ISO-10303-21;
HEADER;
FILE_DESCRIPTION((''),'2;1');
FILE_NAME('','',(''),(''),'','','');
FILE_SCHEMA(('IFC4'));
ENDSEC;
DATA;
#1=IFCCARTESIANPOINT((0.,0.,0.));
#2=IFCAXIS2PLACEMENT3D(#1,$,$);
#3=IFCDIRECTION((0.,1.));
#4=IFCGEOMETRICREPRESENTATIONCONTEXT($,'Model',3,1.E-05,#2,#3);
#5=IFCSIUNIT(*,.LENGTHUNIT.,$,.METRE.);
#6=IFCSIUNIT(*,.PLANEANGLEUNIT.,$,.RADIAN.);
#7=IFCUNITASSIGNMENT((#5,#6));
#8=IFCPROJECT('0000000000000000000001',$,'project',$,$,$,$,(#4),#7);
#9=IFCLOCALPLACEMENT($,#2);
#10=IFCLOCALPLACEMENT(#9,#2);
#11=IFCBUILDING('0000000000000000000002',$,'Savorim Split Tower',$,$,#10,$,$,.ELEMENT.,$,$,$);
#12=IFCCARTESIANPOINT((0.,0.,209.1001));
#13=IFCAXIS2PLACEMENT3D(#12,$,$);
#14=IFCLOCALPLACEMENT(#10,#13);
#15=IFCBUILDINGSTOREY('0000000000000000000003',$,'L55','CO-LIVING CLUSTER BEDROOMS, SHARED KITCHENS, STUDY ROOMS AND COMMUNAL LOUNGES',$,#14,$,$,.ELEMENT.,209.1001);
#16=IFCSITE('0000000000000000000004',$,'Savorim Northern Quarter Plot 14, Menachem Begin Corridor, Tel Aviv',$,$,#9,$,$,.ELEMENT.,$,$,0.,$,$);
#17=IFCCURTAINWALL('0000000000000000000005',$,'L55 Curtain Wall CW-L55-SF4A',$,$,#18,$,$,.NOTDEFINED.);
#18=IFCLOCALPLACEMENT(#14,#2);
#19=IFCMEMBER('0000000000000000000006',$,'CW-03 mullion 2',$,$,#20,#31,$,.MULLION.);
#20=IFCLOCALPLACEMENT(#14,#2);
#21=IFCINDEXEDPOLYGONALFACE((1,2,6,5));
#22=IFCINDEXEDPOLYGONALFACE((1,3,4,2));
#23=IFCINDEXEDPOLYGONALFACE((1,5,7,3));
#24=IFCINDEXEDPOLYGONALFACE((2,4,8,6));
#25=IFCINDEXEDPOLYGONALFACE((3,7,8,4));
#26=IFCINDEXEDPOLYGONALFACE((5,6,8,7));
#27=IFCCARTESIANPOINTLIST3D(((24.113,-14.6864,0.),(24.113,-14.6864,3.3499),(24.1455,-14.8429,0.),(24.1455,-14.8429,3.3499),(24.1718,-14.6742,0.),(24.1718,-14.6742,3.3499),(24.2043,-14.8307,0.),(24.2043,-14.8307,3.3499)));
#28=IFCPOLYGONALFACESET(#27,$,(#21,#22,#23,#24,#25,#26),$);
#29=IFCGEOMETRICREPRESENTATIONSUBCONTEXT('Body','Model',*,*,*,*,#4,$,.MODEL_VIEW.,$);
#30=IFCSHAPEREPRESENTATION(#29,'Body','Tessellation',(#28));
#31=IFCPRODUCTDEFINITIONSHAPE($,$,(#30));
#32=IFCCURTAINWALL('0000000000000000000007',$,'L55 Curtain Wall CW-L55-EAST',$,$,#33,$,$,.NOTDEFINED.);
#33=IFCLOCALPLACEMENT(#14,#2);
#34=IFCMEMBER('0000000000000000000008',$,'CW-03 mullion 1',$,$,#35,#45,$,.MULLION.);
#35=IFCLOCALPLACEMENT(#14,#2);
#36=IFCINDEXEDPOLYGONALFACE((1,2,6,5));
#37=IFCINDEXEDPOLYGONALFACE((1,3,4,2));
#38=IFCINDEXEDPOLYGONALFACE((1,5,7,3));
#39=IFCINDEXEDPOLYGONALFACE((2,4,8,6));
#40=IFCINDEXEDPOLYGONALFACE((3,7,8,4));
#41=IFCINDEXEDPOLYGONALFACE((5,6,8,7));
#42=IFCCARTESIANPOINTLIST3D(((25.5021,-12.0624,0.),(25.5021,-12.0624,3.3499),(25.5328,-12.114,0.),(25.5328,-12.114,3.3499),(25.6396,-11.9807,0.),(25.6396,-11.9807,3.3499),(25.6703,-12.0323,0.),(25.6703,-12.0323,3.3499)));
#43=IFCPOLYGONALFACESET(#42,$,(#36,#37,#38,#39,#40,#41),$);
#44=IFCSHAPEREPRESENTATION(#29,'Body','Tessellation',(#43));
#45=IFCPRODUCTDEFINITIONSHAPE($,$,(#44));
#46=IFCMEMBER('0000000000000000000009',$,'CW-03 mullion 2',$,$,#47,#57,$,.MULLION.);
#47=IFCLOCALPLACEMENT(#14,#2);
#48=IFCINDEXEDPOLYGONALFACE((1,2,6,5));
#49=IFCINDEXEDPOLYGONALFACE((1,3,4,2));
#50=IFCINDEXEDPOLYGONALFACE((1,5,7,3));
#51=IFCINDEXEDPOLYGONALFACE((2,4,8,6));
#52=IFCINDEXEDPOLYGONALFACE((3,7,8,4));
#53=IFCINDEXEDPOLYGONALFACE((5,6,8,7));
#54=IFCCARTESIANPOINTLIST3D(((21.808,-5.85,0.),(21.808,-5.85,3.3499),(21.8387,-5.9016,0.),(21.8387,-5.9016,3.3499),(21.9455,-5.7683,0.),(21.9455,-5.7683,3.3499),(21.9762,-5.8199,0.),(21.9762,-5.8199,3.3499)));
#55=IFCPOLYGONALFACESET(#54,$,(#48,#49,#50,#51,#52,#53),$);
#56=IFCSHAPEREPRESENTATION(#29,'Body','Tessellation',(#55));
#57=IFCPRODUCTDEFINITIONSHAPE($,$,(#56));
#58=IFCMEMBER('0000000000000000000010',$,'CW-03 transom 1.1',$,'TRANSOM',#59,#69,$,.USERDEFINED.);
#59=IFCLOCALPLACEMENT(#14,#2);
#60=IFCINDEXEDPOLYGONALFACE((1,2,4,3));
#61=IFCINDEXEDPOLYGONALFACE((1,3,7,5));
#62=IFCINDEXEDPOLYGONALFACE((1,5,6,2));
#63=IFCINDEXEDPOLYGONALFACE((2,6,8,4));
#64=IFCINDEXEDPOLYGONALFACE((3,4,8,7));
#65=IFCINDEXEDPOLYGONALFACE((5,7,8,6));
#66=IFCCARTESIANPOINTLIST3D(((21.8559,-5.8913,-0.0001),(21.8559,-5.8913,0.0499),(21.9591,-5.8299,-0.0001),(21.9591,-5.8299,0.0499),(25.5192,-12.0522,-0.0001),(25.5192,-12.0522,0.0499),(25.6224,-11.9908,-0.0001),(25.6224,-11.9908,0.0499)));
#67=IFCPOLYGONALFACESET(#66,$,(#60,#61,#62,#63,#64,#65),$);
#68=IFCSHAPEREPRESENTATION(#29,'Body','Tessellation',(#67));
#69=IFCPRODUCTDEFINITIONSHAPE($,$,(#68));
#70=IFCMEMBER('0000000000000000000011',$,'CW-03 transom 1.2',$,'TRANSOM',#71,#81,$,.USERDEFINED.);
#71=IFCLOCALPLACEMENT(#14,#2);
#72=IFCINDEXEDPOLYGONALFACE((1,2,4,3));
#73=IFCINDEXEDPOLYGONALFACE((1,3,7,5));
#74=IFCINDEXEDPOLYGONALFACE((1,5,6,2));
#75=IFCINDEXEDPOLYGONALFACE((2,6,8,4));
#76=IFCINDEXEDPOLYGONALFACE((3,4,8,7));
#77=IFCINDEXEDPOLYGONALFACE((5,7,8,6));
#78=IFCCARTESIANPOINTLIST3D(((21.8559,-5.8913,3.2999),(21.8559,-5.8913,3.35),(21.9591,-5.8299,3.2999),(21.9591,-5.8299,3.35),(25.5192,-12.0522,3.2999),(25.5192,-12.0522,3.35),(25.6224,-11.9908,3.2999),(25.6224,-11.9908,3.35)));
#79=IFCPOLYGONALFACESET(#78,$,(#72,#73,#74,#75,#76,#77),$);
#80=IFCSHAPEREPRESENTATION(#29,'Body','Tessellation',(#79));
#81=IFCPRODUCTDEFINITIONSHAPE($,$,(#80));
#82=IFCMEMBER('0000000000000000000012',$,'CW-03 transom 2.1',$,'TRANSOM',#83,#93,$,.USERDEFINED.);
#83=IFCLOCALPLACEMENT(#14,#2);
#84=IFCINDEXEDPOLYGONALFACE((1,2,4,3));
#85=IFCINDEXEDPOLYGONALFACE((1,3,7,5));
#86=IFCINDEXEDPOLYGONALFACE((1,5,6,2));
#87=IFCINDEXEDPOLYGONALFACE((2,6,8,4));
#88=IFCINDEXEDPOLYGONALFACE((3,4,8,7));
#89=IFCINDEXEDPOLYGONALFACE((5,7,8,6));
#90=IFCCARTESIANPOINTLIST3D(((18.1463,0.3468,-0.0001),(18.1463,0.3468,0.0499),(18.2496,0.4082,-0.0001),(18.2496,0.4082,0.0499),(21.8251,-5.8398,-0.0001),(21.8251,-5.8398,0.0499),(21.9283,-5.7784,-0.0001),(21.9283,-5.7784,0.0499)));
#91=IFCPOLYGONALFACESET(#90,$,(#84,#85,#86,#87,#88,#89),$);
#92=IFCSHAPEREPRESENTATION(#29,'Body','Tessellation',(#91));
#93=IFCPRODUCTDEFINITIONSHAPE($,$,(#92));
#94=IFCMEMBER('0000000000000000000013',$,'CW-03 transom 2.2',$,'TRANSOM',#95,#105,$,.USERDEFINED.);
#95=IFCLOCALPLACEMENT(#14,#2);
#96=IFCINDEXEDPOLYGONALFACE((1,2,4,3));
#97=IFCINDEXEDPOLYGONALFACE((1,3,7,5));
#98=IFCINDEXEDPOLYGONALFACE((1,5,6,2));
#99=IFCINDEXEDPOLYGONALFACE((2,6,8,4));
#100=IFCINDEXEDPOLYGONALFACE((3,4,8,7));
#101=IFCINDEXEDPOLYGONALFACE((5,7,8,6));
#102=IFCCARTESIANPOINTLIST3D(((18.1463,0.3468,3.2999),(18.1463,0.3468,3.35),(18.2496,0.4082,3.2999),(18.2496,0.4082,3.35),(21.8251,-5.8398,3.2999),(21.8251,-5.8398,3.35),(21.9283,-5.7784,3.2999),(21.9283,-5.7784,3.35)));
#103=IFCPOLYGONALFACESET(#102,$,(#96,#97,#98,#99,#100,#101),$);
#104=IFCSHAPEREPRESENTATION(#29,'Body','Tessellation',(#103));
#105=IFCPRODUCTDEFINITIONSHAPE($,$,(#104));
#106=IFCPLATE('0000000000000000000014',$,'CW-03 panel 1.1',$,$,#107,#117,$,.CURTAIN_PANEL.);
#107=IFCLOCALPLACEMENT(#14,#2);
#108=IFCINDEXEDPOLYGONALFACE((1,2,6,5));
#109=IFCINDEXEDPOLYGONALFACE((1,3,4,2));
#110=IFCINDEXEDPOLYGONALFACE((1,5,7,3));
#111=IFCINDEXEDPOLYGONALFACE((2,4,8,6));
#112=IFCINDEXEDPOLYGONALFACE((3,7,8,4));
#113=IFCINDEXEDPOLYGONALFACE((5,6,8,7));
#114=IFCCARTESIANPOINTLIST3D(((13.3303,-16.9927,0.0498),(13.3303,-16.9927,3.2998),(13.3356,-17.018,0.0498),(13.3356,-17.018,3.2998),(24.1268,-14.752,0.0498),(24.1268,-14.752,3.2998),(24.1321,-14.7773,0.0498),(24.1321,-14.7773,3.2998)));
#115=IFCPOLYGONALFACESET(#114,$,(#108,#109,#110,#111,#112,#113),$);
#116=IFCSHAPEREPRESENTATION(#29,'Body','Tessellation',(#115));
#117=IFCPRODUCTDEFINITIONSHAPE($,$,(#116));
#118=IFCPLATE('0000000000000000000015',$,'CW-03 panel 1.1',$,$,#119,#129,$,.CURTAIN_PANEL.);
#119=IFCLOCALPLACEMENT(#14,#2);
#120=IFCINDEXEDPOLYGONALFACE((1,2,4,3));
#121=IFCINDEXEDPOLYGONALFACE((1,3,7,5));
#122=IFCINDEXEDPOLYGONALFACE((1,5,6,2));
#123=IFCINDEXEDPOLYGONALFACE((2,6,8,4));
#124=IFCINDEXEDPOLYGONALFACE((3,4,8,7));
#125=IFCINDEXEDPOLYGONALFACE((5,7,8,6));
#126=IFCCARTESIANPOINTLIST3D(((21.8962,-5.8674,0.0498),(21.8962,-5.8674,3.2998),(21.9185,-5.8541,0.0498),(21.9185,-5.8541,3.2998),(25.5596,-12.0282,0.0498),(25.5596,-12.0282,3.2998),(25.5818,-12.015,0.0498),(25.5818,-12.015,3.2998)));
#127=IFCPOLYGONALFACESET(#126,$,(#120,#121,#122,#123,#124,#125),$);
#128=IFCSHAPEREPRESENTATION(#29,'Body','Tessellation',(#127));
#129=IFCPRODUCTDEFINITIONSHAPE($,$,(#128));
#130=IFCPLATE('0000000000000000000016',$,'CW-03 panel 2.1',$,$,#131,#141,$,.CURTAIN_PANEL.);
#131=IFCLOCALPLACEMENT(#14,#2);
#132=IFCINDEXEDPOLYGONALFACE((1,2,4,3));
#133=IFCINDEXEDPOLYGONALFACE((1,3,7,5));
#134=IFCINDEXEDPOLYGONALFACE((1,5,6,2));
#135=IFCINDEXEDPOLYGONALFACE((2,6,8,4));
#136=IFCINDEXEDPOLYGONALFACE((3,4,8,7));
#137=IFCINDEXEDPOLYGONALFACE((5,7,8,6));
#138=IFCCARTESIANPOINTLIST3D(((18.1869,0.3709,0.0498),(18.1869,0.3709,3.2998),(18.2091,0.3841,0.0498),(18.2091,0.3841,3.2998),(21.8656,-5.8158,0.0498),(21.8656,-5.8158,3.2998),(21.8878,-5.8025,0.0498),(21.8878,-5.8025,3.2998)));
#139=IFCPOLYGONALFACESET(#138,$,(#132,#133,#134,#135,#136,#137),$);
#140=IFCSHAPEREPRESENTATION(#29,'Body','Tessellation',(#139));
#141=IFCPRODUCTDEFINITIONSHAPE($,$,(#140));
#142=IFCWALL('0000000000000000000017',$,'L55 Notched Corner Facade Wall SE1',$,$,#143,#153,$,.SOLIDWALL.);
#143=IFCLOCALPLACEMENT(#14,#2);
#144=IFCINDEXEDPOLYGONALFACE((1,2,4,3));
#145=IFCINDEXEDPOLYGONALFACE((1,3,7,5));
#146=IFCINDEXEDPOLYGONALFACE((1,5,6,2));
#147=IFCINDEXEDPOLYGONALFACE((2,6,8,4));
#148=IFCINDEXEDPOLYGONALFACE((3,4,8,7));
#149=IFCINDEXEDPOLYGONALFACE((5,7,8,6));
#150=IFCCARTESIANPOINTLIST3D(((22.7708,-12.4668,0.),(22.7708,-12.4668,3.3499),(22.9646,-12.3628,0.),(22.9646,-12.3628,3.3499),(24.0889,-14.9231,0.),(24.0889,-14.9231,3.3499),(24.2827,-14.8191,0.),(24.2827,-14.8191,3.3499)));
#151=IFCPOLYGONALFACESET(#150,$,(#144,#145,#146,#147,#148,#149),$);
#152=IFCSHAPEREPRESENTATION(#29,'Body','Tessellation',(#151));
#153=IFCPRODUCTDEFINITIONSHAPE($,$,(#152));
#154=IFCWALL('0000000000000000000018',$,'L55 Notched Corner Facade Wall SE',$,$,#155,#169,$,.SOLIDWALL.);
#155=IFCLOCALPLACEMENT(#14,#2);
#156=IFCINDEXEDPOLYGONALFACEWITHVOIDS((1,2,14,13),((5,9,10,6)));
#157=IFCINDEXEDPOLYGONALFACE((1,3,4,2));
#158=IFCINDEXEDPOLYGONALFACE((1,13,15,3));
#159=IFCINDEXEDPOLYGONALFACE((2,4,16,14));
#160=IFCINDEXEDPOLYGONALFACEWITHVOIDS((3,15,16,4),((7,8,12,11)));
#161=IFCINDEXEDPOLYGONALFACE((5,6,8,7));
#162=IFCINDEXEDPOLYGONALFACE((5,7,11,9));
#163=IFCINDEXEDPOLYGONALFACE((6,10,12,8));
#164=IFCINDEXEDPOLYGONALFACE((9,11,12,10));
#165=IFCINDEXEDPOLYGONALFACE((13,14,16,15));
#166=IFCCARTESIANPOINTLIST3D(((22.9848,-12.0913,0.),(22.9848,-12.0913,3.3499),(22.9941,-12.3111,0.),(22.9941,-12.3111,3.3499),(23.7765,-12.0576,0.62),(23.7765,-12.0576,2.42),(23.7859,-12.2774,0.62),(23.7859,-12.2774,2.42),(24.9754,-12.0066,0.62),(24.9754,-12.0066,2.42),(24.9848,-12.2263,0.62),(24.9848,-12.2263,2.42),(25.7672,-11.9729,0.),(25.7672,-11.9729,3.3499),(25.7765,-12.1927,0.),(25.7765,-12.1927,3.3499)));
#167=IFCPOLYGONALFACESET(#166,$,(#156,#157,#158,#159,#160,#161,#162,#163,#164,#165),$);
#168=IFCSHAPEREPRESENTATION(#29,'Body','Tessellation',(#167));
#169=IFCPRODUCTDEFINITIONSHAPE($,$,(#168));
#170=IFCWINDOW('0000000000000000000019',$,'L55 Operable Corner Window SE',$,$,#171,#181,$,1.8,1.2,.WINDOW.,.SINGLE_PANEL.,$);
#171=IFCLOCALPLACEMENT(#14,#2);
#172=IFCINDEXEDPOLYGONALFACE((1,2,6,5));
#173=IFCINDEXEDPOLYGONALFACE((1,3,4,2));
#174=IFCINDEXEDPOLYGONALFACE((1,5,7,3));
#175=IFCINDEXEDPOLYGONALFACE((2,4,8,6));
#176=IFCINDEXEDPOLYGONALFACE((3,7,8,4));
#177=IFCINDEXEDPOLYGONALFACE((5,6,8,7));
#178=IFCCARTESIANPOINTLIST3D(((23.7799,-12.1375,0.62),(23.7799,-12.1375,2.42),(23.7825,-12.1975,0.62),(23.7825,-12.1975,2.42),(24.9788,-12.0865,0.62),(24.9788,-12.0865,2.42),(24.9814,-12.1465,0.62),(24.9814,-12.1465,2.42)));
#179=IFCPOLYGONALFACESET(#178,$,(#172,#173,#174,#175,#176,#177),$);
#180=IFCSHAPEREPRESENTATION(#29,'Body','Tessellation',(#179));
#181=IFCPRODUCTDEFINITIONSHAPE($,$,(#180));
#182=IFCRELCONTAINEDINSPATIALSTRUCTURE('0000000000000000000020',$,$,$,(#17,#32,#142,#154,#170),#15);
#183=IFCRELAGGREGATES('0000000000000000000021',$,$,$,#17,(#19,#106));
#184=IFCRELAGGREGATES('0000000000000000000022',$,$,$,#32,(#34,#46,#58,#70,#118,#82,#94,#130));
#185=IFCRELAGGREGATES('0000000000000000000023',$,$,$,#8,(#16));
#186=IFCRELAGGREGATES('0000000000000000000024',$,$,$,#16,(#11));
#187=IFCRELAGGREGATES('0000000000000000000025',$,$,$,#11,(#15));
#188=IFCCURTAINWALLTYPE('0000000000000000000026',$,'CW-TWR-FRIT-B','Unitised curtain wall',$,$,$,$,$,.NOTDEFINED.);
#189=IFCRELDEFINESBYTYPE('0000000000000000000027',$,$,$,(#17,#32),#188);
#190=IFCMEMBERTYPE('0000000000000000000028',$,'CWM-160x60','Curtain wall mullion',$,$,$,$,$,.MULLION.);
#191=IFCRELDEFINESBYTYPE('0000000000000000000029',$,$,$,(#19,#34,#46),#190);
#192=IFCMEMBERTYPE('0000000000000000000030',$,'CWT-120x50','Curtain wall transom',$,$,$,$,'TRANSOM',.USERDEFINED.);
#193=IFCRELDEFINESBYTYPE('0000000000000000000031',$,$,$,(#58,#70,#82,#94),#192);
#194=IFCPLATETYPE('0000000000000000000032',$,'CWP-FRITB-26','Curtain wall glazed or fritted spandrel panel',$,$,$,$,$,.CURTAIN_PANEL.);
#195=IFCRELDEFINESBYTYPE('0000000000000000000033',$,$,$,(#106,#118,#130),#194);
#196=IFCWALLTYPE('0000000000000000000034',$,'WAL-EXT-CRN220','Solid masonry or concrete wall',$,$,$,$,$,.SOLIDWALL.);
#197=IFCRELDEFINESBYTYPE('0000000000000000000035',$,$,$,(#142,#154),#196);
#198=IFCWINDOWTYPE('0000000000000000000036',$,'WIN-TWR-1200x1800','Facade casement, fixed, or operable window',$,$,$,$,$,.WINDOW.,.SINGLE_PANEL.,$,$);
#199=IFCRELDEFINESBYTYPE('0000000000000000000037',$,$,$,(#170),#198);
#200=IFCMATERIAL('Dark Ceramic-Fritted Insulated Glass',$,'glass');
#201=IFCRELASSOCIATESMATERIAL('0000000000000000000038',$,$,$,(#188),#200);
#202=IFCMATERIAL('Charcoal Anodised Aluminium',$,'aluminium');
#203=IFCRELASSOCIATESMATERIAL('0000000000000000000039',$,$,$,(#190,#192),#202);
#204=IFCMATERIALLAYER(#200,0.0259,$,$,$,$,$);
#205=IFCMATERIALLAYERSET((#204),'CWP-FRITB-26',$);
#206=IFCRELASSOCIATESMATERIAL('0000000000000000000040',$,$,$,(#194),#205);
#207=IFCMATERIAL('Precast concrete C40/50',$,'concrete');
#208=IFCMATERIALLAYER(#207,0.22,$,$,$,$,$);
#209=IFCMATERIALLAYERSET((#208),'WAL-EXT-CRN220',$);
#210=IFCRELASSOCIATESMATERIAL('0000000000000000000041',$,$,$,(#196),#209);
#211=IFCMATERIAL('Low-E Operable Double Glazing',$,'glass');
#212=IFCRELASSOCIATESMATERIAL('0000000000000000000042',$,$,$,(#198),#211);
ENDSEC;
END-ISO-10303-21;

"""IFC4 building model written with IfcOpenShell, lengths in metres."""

from ifc_helpers import new_model, si_unit, direction, frame, frame_2d, origin, origin_2d, place, context, subcontext, project, spatial, rectangle, extrude, material, layer, layer_set, material_profile, profile_set, type_object, element, fill, aggregate, save


model = new_model("IFC4")

# Units and contexts
model_context = context("Model", 3, precision=1e-05, world=origin(), true_north=direction((0.0, 1.0)))
body_context = subcontext(model_context, "Body", "Model", "MODEL_VIEW")
ifc_project = project(units=[si_unit("LENGTHUNIT", "METRE"), si_unit("PLANEANGLEUNIT", "RADIAN")], contexts=[model_context])

# Site, building, storey
site_placement = place(None, origin())
site = spatial("IfcSite", under=ifc_project, at=site_placement, Name="Savorim Northern Quarter Plot 14, Menachem Begin Corridor, Tel Aviv", CompositionType="ELEMENT", RefElevation=0.0)
building_placement = place(site_placement, origin())
building = spatial("IfcBuilding", under=site, at=building_placement, Name="Savorim Split Tower", CompositionType="ELEMENT")
storey_placement = place(building_placement, frame((0.0, 0.0, 209.1001)))
storey = spatial("IfcBuildingStorey", under=building, at=storey_placement, Name="L55", Description="CO-LIVING CLUSTER BEDROOMS, SHARED KITCHENS, STUDY ROOMS AND COMMUNAL LOUNGES", CompositionType="ELEMENT", Elevation=209.1001)

# Curtain wall, member
ifc_material_1 = material(Name="Dark Ceramic-Fritted Insulated Glass", Category="glass")
curtain_wall_type = type_object("IfcCurtainWallType", Name="CW-TWR-FRIT-B", Description="Unitised curtain wall", PredefinedType="NOTDEFINED", material=ifc_material_1)
curtain_wall_1_placement = place(storey_placement, origin())
curtain_wall_1 = element("IfcCurtainWall", 1, at=curtain_wall_1_placement, inside=storey, type_object=curtain_wall_type, Name="L55 Curtain Wall CW-L55-SF4A", PredefinedType="NOTDEFINED")
ifc_material_2 = material(Name="Charcoal Anodised Aluminium", Category="aluminium")
ifc_material_profile_1 = material_profile(ifc_material_2, rectangle(XDim=0.1599, YDim=0.0601, at=origin_2d()), Name="ALU-M 160x60")
ifc_profile_set_1 = profile_set([ifc_material_profile_1], Name="Charcoal Anodised Aluminium")
member_type_1 = type_object("IfcMemberType", Name="CWM-160x60", Description="Curtain wall mullion", PredefinedType="MULLION", material=ifc_profile_set_1)
member_1_placement = place(storey_placement, frame((24.1587, -14.7585, 0.0), z_axis=(0.0, 0.0, 1.0), x_axis=(-0.20321, 0.979135, 0.0)))
member_1 = element("IfcMember", 2, at=member_1_placement, type_object=member_type_1, Name="CW-03 mullion 2", PredefinedType="MULLION", context=body_context, shape_type="SweptSolid", body=[
    extrude(rectangle(XDim=0.1599, YDim=0.0601, at=origin_2d()), origin(), (0.0, 0.0, 1.0), 3.3499),
])

# Curtain wall, members
curtain_wall_2_placement = place(storey_placement, origin())
curtain_wall_2 = element("IfcCurtainWall", 3, at=curtain_wall_2_placement, inside=storey, type_object=curtain_wall_type, Name="L55 Curtain Wall CW-L55-EAST", PredefinedType="NOTDEFINED")
member_2_placement = place(storey_placement, frame((25.5862, -12.0474, 0.0), z_axis=(0.0, 0.0, 1.0), x_axis=(-0.859526, -0.511092, 0.0)))
member_2 = element("IfcMember", 4, at=member_2_placement, type_object=member_type_1, Name="CW-03 mullion 1", PredefinedType="MULLION", context=body_context, shape_type="SweptSolid", body=[
    extrude(rectangle(XDim=0.1599, YDim=0.0601, at=origin_2d()), origin(), (0.0, 0.0, 1.0), 3.3499),
])
member_3_placement = place(storey_placement, frame((21.8921, -5.835, 0.0), z_axis=(0.0, 0.0, 1.0), x_axis=(-0.859526, -0.511092, 0.0)))
member_3 = element("IfcMember", 5, at=member_3_placement, type_object=member_type_1, Name="CW-03 mullion 2", PredefinedType="MULLION", context=body_context, shape_type="SweptSolid", body=[
    extrude(rectangle(XDim=0.1599, YDim=0.0601, at=origin_2d()), origin(), (0.0, 0.0, 1.0), 3.3499),
])
ifc_material_profile_2 = material_profile(ifc_material_2, rectangle(XDim=0.1201, YDim=0.05, at=origin_2d()), Name="ALU-T 120x50")
ifc_profile_set_2 = profile_set([ifc_material_profile_2], Name="Charcoal Anodised Aluminium")
member_type_2 = type_object("IfcMemberType", Name="CWT-120x50", Description="Curtain wall transom", ElementType="TRANSOM", PredefinedType="USERDEFINED", material=ifc_profile_set_2)
member_4_placement = place(storey_placement, frame((25.5708, -12.0215, 0.0249), z_axis=(-0.511086, 0.85953, 0.0), x_axis=(-0.85953, -0.511086, 0.0)))
member_4 = element("IfcMember", 6, at=member_4_placement, type_object=member_type_2, Name="CW-03 transom 1.1", ObjectType="TRANSOM", PredefinedType="USERDEFINED", context=body_context, shape_type="SweptSolid", body=[
    extrude(rectangle(XDim=0.1201, YDim=0.05, at=origin_2d()), origin(), (0.0, 0.0, 1.0), 7.1677),
])
member_5_placement = place(storey_placement, frame((25.5708, -12.0215, 3.325), z_axis=(-0.511086, 0.85953, 0.0), x_axis=(-0.85953, -0.511086, 0.0)))
member_5 = element("IfcMember", 7, at=member_5_placement, type_object=member_type_2, Name="CW-03 transom 1.2", ObjectType="TRANSOM", PredefinedType="USERDEFINED", context=body_context, shape_type="SweptSolid", body=[
    extrude(rectangle(XDim=0.1201, YDim=0.05, at=origin_2d()), origin(), (0.0, 0.0, 1.0), 7.1677),
])
member_6_placement = place(storey_placement, frame((21.8767, -5.8091, 0.0249), z_axis=(-0.5111, 0.859521, 0.0), x_axis=(-0.859521, -0.5111, 0.0)))
member_6 = element("IfcMember", 8, at=member_6_placement, type_object=member_type_2, Name="CW-03 transom 2.1", ObjectType="TRANSOM", PredefinedType="USERDEFINED", context=body_context, shape_type="SweptSolid", body=[
    extrude(rectangle(XDim=0.1201, YDim=0.05, at=origin_2d()), origin(), (0.0, 0.0, 1.0), 7.1978),
])
member_7_placement = place(storey_placement, frame((21.8767, -5.8091, 3.325), z_axis=(-0.5111, 0.859521, 0.0), x_axis=(-0.859521, -0.5111, 0.0)))
member_7 = element("IfcMember", 9, at=member_7_placement, type_object=member_type_2, Name="CW-03 transom 2.2", ObjectType="TRANSOM", PredefinedType="USERDEFINED", context=body_context, shape_type="SweptSolid", body=[
    extrude(rectangle(XDim=0.1201, YDim=0.05, at=origin_2d()), origin(), (0.0, 0.0, 1.0), 7.1978),
])

# Plates
ifc_layer_1 = layer(ifc_material_1, 0.0259)
ifc_layer_set_1 = layer_set([ifc_layer_1], Name="CWP-FRITB-26")
plate_type = type_object("IfcPlateType", Name="CWP-FRITB-26", Description="Curtain wall glazed or fritted spandrel panel", PredefinedType="CURTAIN_PANEL", material=ifc_layer_set_1)
plate_1_placement = place(storey_placement, frame((18.7312, -15.885, 0.0498), z_axis=(0.0, 0.0, 1.0), x_axis=(0.979135, 0.20321, 0.0)))
plate_1 = element("IfcPlate", 10, at=plate_1_placement, type_object=plate_type, Name="CW-03 panel 1.1", PredefinedType="CURTAIN_PANEL", context=body_context, shape_type="SweptSolid", body=[
    extrude(rectangle(XDim=11.0266, YDim=0.0259, at=origin_2d()), origin(), (0.0, 0.0, 1.0), 3.25),
])
aggregate(curtain_wall_1, [member_1, plate_1])
plate_2_placement = place(storey_placement, frame((23.739, -8.9412, 0.0498), z_axis=(0.0, 0.0, 1.0), x_axis=(-0.511092, 0.859526, 0.0)))
plate_2 = element("IfcPlate", 11, at=plate_2_placement, type_object=plate_type, Name="CW-03 panel 1.1", PredefinedType="CURTAIN_PANEL", context=body_context, shape_type="SweptSolid", body=[
    extrude(rectangle(XDim=7.1677, YDim=0.0259, at=origin_2d()), origin(), (0.0, 0.0, 1.0), 3.25),
])
plate_3_placement = place(storey_placement, frame((20.0374, -2.7158, 0.0498), z_axis=(0.0, 0.0, 1.0), x_axis=(-0.511092, 0.859526, 0.0)))
plate_3 = element("IfcPlate", 12, at=plate_3_placement, type_object=plate_type, Name="CW-03 panel 2.1", PredefinedType="CURTAIN_PANEL", context=body_context, shape_type="SweptSolid", body=[
    extrude(rectangle(XDim=7.1978, YDim=0.0259, at=origin_2d()), origin(), (0.0, 0.0, 1.0), 3.25),
])
aggregate(curtain_wall_2, [member_2, member_3, member_4, member_5, plate_2, member_6, member_7, plate_3])

# Wall
ifc_material_3 = material(Name="Precast concrete C40/50", Category="concrete")
ifc_layer_2 = layer(ifc_material_3, 0.22)
ifc_layer_set_2 = layer_set([ifc_layer_2], Name="WAL-EXT-CRN220")
wall_type = type_object("IfcWallType", Name="WAL-EXT-CRN220", Description="Solid masonry or concrete wall", PredefinedType="SOLIDWALL", material=ifc_layer_set_2)
wall_1_placement = place(storey_placement, frame((22.8677, -12.4148, 0.0), z_axis=(0.0, 0.0, 1.0), x_axis=(0.472846, -0.881145, 0.0)))
element("IfcWall", 13, at=wall_1_placement, inside=storey, type_object=wall_type, Name="L55 Notched Corner Facade Wall SE1", PredefinedType="SOLIDWALL", context=body_context, shape_type="SweptSolid", body=[
    extrude(rectangle(XDim=2.7876, YDim=0.22, at=frame_2d((1.3938, 0.0))), origin(), (0.0, 0.0, 1.0), 3.3499),
])

# Wall, opening, window
wall_2_placement = place(storey_placement, frame((25.772, -12.0828, 0.0), z_axis=(0.0, 0.0, 1.0), x_axis=(-0.999096, -0.042517, 0.0)))
wall_2 = element("IfcWall", 14, at=wall_2_placement, inside=storey, type_object=wall_type, Name="L55 Notched Corner Facade Wall SE", PredefinedType="SOLIDWALL", context=body_context, shape_type="SweptSolid", body=[
    extrude(rectangle(XDim=2.7849, YDim=0.22, at=frame_2d((1.3926, 0.0))), origin(), (0.0, 0.0, 1.0), 3.3499),
])
opening_placement = place(wall_2_placement, frame((0.7925, 0.0, 0.6201)))
opening = element("IfcOpeningElement", 15, at=opening_placement, cuts=wall_2, PredefinedType="OPENING", context=body_context, shape_type="SweptSolid", body=[
    extrude(rectangle(XDim=1.2, YDim=1.8, at=frame_2d((0.6001, 0.8999))), frame((0.0, 0.1199, 0.0), z_axis=(0.0, -1.0, 0.0), x_axis=(1.0, 0.0, 0.0)), (0.0, 0.0, 1.0), 0.24),
])
ifc_material_4 = material(Name="Low-E Operable Double Glazing", Category="glass")
window_type = type_object("IfcWindowType", Name="WIN-TWR-1200x1800", Description="Facade casement, fixed, or operable window", PartitioningType="SINGLE_PANEL", PredefinedType="WINDOW", material=ifc_material_4)
window_placement = place(opening_placement, origin())
window = element("IfcWindow", 16, at=window_placement, inside=storey, type_object=window_type, Name="L55 Operable Corner Window SE", OverallHeight=1.8, OverallWidth=1.2, PartitioningType="SINGLE_PANEL", PredefinedType="WINDOW", context=body_context, shape_type="SweptSolid", body=[
    extrude(rectangle(XDim=1.2, YDim=1.8, at=frame_2d((0.6001, 0.8999))), frame((0.0, 0.03, 0.0), z_axis=(0.0, -1.0, 0.0), x_axis=(1.0, 0.0, 0.0)), (0.0, 0.0, 1.0), 0.0601),
])
fill(opening, window)

save(model, "model.ifc")
